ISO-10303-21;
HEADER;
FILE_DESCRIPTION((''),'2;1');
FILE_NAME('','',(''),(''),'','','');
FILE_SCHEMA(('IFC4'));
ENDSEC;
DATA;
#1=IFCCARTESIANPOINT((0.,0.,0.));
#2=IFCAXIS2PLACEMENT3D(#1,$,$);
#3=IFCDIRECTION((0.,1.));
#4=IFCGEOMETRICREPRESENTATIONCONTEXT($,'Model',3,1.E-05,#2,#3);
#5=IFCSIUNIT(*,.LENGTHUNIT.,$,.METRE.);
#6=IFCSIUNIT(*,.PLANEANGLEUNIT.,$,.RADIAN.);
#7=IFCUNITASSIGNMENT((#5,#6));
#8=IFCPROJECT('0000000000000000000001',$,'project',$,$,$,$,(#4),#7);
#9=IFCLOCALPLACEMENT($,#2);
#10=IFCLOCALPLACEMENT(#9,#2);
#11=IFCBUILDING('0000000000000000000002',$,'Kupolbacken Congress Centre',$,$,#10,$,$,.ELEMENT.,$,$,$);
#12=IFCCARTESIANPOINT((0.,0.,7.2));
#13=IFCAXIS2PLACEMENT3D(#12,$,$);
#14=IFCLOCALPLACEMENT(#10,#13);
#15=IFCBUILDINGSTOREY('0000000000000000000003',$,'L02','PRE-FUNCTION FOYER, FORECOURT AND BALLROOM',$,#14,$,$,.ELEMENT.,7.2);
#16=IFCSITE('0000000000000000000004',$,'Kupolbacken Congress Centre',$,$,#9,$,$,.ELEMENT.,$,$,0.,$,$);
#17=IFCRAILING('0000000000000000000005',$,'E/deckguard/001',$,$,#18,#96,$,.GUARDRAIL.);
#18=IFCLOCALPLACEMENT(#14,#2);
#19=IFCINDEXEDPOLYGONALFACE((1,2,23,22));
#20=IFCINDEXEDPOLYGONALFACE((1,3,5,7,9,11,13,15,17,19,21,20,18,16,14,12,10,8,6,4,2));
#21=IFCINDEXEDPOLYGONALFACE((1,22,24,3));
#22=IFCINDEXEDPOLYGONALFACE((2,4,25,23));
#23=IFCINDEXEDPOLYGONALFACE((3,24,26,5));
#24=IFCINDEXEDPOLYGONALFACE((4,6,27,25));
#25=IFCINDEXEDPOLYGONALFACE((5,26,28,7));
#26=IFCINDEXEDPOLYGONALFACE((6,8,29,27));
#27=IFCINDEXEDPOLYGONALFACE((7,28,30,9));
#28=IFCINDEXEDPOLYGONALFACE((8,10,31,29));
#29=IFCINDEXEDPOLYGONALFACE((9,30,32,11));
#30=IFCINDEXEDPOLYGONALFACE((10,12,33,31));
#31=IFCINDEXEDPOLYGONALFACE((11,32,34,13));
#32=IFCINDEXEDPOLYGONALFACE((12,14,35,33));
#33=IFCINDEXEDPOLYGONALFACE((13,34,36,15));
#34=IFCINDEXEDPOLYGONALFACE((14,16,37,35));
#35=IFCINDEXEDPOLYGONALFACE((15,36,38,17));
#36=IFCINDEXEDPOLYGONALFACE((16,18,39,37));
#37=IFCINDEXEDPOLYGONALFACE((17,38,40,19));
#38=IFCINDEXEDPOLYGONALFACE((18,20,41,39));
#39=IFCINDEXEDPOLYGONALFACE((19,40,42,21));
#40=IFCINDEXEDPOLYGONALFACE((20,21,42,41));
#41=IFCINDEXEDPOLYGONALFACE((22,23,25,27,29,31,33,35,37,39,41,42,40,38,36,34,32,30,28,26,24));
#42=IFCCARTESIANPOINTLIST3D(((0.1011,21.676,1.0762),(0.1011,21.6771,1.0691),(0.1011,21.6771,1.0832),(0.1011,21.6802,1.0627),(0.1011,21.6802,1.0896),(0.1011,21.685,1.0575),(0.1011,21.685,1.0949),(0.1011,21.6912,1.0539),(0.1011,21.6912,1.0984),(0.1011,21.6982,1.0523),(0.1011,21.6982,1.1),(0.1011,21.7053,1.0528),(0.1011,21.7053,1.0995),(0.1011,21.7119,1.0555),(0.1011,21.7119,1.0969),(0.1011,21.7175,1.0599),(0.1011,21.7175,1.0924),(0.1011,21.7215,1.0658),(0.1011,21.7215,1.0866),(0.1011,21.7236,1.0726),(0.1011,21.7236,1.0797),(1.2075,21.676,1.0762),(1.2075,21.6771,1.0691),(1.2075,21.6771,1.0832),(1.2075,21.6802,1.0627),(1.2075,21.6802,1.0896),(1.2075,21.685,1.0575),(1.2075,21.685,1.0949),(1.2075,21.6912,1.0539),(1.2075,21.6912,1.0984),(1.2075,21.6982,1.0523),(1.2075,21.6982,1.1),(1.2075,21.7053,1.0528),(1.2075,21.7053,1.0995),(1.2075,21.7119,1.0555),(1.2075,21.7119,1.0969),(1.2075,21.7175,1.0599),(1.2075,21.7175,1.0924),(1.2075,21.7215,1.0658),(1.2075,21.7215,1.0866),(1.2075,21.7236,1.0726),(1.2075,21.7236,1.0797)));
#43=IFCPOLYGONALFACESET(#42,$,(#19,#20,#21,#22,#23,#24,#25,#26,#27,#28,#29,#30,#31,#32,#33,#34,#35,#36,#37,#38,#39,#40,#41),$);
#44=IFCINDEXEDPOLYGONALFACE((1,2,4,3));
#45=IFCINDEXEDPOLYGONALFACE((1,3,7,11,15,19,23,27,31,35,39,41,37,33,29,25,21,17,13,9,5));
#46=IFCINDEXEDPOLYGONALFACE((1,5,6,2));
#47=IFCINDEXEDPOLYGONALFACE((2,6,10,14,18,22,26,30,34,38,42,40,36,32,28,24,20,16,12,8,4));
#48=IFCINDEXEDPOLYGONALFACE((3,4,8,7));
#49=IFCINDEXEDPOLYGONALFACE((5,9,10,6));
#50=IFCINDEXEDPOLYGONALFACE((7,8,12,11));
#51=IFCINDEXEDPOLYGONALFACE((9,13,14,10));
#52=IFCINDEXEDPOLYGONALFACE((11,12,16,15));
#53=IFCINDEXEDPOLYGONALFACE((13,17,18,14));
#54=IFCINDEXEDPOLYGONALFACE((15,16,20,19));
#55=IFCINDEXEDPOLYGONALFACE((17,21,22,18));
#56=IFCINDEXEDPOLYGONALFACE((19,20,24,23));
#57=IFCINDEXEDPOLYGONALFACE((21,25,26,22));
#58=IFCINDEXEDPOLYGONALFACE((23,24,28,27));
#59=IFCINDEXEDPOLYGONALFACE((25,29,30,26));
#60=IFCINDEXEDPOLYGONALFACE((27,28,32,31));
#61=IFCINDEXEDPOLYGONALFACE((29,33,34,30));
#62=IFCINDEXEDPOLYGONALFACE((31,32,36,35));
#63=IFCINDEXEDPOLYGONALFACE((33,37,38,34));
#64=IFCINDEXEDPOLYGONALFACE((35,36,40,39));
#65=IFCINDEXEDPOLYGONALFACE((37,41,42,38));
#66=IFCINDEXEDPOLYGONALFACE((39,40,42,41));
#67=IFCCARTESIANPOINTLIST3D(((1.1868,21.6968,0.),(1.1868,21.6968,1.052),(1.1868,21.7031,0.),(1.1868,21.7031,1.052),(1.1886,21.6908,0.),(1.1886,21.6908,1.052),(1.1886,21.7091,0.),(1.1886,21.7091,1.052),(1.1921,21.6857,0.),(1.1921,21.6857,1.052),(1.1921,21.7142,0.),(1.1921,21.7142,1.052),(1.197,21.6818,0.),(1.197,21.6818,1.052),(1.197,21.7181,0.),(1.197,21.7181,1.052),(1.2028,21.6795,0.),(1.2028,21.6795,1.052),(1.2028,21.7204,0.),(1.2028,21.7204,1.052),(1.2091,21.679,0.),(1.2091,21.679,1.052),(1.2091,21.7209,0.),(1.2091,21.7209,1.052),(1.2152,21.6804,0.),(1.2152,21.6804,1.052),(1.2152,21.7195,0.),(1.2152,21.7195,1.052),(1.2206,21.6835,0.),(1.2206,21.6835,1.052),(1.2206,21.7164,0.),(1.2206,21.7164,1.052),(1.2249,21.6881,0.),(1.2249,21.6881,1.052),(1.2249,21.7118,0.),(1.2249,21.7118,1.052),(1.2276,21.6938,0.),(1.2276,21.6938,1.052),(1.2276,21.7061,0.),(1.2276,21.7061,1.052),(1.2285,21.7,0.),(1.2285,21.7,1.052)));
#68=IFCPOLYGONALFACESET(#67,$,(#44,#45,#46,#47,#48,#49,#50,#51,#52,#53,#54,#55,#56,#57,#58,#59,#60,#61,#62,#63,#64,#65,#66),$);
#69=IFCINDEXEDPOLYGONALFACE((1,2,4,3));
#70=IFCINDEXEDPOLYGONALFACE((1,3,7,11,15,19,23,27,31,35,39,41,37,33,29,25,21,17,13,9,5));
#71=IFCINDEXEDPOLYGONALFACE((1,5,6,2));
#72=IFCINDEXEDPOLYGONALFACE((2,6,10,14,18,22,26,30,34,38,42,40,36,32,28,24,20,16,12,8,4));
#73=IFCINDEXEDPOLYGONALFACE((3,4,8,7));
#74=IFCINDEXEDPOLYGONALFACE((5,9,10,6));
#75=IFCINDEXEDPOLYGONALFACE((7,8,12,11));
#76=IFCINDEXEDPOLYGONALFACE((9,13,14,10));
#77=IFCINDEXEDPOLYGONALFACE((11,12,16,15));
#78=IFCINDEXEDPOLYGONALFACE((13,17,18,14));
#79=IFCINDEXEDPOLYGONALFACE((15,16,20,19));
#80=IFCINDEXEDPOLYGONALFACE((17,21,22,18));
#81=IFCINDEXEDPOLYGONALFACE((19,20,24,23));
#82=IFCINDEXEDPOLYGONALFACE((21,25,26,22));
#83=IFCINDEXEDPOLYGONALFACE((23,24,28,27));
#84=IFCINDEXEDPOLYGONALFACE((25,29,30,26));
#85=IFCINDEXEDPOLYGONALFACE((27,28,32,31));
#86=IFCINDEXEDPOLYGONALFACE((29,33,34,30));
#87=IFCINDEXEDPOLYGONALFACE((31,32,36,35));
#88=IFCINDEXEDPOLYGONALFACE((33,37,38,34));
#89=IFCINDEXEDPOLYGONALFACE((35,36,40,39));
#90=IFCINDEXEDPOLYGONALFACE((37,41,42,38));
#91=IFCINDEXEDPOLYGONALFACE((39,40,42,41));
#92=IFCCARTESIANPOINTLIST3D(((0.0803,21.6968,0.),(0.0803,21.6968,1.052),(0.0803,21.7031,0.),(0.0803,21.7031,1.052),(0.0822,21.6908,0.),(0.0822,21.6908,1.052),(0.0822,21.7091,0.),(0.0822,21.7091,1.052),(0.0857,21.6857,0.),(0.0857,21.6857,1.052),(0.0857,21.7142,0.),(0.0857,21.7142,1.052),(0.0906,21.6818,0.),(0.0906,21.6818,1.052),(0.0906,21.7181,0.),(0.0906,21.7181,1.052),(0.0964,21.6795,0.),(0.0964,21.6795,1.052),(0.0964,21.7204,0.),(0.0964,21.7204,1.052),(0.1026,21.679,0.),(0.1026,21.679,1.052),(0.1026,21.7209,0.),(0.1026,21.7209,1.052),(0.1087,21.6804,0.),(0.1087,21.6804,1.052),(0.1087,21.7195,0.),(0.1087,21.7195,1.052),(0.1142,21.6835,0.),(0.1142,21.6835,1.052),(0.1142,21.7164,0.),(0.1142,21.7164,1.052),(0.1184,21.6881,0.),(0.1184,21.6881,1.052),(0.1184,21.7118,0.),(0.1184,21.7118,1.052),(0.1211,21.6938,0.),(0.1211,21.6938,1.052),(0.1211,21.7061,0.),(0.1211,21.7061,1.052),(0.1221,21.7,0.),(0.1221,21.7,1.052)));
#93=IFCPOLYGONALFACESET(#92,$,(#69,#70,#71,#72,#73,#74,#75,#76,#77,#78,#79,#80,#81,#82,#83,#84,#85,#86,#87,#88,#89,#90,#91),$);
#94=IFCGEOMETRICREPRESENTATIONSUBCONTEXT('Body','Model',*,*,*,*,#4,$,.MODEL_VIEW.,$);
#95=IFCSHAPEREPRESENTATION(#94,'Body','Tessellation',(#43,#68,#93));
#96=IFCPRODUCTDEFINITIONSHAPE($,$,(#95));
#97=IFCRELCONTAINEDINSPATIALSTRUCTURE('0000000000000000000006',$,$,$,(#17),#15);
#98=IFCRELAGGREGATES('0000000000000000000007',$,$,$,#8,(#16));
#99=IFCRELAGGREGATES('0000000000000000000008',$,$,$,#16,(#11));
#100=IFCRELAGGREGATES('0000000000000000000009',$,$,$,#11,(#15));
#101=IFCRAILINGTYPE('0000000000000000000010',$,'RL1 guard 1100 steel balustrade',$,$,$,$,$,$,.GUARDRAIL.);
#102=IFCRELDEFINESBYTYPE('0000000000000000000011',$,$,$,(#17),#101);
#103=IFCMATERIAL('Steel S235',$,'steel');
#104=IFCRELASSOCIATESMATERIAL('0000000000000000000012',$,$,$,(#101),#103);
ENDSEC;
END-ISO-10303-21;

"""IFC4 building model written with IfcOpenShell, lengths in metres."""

from ifc_helpers import new_model, si_unit, direction, frame, origin, origin_2d, place, context, subcontext, project, spatial, circle, extrude, material, type_object, element, save


model = new_model("IFC4")

# Units and contexts
model_context = context("Model", 3, precision=1e-05, world=origin(), true_north=direction((0.0, 1.0)))
body_context = subcontext(model_context, "Body", "Model", "MODEL_VIEW")
ifc_project = project(units=[si_unit("LENGTHUNIT", "METRE"), si_unit("PLANEANGLEUNIT", "RADIAN")], contexts=[model_context])

# Site, building, storey
site_placement = place(None, origin())
site = spatial("IfcSite", under=ifc_project, at=site_placement, Name="Kupolbacken Congress Centre", CompositionType="ELEMENT", RefElevation=0.0)
building_placement = place(site_placement, origin())
building = spatial("IfcBuilding", under=site, at=building_placement, Name="Kupolbacken Congress Centre", CompositionType="ELEMENT")
storey_placement = place(building_placement, frame((0.0, 0.0, 7.2)))
storey = spatial("IfcBuildingStorey", under=building, at=storey_placement, Name="L02", Description="PRE-FUNCTION FOYER, FORECOURT AND BALLROOM", CompositionType="ELEMENT", Elevation=7.2)

# Railing
ifc_material_1 = material(Name="Steel S235", Category="steel")
railing_type_1 = type_object("IfcRailingType", Name="RL1 guard 1100 steel balustrade", PredefinedType="GUARDRAIL", material=ifc_material_1)
railing_1_placement = place(storey_placement, frame((1.2075, 21.7, 0.0)))
element("IfcRailing", 1, at=railing_1_placement, inside=storey, type_object=railing_type_1, Name="E/deckguard/001", PredefinedType="GUARDRAIL", context=body_context, shape_type="SweptSolid", body=[
    extrude(circle(Radius=0.0239, at=origin_2d()), frame((0.0, 0.0, 1.0762), z_axis=(-1.0, 0.0, 0.0), x_axis=(0.0, -1.0, 0.0)), (0.0, 0.0, 1.0), 1.1064),
    extrude(circle(Radius=0.021, at=origin_2d()), origin(), (0.0, 0.0, 1.0), 1.052),
    extrude(circle(Radius=0.021, at=origin_2d()), frame((-1.1064, 0.0, 0.0)), (0.0, 0.0, 1.0), 1.052),
])

save(model, "model.ifc")
